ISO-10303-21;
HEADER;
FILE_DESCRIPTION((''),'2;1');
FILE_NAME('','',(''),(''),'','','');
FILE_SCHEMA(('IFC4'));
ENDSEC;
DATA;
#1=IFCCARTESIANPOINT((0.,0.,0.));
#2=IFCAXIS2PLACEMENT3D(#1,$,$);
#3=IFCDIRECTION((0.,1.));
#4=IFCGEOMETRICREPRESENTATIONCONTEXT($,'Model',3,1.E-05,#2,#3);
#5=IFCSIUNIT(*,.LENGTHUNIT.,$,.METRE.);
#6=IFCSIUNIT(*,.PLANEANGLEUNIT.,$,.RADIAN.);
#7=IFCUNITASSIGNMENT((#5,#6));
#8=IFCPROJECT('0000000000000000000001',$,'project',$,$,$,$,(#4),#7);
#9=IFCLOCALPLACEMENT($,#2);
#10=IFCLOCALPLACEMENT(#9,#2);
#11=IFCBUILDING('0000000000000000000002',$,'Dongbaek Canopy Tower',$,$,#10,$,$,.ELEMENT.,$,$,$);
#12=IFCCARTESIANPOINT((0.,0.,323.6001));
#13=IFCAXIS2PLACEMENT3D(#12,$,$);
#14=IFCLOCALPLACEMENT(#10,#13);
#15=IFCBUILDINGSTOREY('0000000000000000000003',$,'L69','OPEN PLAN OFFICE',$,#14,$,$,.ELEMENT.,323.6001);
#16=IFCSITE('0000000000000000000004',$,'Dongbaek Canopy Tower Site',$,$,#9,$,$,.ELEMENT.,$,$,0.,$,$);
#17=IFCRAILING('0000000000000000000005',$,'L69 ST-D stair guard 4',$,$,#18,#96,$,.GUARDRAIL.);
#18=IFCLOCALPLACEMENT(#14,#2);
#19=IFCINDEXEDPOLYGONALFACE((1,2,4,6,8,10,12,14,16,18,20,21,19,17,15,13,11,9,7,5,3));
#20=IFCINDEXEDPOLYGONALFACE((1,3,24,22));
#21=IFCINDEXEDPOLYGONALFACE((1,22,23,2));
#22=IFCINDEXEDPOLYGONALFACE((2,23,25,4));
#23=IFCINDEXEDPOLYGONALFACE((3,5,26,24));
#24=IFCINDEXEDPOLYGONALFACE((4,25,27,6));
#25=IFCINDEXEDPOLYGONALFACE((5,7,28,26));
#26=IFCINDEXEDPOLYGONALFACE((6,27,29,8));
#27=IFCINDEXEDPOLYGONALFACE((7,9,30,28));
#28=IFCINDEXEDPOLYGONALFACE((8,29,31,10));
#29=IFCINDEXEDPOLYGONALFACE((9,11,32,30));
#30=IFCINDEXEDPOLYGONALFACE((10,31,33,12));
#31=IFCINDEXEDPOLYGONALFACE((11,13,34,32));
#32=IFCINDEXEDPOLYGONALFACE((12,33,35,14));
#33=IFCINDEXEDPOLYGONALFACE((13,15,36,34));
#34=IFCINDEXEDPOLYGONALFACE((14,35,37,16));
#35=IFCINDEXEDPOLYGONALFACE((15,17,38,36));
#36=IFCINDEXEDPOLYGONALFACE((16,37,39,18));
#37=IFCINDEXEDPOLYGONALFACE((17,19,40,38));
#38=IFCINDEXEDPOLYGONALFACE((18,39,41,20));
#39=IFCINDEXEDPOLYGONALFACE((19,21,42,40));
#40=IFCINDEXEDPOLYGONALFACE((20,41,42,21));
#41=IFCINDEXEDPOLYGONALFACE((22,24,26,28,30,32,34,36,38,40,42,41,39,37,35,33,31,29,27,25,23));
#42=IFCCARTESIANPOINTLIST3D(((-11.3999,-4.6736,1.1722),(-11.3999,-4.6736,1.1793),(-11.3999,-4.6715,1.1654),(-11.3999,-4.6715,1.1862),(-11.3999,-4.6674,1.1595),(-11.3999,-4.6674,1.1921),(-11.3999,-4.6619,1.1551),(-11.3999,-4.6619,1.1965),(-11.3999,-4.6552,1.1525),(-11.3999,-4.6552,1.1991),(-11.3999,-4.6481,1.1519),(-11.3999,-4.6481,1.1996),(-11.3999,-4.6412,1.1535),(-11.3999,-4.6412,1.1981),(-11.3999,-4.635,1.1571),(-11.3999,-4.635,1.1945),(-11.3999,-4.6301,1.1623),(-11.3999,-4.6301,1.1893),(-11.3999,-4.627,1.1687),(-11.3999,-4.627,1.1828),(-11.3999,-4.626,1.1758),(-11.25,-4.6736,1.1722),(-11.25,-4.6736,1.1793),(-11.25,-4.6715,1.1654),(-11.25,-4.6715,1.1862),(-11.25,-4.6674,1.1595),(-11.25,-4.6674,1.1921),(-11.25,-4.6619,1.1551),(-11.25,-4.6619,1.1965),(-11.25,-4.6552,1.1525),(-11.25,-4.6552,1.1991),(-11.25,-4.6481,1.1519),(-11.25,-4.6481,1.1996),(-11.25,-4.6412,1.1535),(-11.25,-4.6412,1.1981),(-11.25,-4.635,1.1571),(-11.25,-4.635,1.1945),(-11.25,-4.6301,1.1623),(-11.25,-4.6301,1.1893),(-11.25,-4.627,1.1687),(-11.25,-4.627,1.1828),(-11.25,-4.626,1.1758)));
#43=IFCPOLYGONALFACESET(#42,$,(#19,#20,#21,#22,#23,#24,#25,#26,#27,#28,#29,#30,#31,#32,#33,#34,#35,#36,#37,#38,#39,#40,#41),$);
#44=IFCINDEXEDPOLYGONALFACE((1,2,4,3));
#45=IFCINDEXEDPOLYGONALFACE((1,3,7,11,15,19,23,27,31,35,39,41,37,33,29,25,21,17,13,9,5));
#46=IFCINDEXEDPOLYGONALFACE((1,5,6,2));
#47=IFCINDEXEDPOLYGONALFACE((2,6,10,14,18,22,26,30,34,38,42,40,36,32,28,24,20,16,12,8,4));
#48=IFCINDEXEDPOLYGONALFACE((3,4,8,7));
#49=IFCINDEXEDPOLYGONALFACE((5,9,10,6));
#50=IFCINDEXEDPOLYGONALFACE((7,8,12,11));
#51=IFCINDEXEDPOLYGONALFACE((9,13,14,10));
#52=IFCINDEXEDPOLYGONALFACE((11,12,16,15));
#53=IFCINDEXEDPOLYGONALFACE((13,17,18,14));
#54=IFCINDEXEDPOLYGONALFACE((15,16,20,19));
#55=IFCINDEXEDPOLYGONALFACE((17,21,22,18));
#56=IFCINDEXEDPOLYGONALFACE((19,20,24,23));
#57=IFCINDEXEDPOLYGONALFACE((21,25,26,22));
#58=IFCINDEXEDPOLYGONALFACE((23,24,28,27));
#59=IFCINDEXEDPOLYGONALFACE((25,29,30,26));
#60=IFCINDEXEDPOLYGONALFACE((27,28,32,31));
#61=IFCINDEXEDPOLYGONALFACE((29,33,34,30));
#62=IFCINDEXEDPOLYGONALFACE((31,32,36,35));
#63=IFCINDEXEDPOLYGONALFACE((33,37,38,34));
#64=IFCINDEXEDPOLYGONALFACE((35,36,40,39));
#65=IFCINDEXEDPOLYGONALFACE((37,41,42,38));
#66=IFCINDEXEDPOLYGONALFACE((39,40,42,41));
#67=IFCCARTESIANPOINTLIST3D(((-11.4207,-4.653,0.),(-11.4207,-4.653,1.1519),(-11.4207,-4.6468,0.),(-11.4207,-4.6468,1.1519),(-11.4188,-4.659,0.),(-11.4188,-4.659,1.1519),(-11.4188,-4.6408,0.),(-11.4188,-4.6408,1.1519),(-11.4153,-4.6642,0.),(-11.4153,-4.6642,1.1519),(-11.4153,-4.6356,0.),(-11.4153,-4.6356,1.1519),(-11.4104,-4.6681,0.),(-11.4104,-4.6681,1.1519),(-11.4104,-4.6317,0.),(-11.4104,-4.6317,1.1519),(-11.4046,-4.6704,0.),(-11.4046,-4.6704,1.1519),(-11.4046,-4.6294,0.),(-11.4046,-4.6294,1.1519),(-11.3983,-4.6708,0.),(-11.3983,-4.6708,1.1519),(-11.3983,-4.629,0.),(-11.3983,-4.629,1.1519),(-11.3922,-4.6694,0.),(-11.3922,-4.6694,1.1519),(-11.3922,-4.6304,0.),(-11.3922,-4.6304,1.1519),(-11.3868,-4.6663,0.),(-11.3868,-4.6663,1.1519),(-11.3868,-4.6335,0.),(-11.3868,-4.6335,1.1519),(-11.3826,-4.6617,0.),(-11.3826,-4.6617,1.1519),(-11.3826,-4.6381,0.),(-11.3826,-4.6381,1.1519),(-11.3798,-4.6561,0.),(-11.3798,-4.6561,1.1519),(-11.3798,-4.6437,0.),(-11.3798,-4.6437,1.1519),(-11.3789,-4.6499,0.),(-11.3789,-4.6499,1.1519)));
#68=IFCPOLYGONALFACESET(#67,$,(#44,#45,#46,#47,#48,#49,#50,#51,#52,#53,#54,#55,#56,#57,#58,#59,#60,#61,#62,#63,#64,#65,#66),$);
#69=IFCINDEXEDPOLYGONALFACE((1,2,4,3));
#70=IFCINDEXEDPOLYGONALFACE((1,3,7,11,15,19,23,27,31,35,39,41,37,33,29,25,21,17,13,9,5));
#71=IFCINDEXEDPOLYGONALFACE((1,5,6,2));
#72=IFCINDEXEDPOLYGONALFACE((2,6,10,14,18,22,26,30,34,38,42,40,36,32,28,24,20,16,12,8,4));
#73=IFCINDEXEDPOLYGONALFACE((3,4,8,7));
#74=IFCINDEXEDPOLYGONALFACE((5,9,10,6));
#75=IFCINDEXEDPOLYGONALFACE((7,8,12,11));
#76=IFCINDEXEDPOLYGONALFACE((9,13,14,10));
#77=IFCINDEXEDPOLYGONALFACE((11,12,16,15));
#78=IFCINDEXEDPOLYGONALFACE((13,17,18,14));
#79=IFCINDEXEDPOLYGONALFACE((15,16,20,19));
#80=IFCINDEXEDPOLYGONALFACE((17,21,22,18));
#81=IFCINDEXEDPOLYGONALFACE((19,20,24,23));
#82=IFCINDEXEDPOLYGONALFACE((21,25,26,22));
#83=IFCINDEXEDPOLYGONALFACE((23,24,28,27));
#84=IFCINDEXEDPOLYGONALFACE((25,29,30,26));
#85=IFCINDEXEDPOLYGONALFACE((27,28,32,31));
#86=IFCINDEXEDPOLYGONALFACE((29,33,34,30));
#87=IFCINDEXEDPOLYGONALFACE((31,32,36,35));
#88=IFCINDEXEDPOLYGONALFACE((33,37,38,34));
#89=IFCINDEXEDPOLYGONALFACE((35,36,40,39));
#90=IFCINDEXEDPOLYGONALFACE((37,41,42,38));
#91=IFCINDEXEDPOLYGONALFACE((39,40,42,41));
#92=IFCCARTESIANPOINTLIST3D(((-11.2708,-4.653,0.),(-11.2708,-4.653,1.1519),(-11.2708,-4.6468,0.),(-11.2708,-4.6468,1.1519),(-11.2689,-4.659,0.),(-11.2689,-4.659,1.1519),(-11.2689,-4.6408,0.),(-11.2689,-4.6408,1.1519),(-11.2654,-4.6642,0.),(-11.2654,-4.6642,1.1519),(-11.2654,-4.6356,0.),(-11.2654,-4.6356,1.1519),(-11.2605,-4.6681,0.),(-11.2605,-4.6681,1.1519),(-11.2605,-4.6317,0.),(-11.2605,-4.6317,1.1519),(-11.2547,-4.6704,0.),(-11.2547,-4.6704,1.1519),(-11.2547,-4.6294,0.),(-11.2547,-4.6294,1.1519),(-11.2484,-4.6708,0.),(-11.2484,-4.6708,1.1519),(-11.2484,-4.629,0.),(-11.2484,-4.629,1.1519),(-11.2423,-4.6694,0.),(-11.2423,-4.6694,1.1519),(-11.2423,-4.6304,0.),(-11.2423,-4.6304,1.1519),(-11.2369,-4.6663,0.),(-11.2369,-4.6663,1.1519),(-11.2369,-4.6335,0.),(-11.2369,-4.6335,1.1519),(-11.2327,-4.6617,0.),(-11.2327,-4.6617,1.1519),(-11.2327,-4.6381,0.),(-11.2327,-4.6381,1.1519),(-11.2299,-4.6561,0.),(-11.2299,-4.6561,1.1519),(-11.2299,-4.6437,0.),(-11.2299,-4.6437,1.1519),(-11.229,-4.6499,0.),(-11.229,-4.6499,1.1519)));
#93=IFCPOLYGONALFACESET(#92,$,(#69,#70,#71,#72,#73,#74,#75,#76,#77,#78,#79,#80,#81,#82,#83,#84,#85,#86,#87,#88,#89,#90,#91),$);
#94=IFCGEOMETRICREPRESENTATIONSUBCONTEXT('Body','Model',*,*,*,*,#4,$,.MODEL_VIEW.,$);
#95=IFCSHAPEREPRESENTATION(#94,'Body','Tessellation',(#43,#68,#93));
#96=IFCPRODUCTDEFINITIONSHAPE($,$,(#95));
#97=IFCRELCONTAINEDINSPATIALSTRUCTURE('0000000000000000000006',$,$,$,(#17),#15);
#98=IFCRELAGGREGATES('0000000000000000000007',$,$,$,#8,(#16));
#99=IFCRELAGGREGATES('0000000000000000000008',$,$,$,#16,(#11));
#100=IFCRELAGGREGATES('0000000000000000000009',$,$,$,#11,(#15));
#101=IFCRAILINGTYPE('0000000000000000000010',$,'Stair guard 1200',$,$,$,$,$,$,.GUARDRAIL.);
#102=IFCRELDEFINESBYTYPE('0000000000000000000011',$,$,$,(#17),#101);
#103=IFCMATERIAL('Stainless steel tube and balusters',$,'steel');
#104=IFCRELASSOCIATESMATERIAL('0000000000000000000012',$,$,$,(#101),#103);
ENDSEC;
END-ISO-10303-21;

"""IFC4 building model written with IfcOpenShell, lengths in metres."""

from ifc_helpers import new_model, si_unit, direction, frame, origin, origin_2d, place, context, subcontext, project, spatial, circle, extrude, material, type_object, element, save


model = new_model("IFC4")

# Units and contexts
model_context = context("Model", 3, precision=1e-05, world=origin(), true_north=direction((0.0, 1.0)))
body_context = subcontext(model_context, "Body", "Model", "MODEL_VIEW")
ifc_project = project(units=[si_unit("LENGTHUNIT", "METRE"), si_unit("PLANEANGLEUNIT", "RADIAN")], contexts=[model_context])

# Site, building, storey
site_placement = place(None, origin())
site = spatial("IfcSite", under=ifc_project, at=site_placement, Name="Dongbaek Canopy Tower Site", CompositionType="ELEMENT", RefElevation=0.0)
building_placement = place(site_placement, origin())
building = spatial("IfcBuilding", under=site, at=building_placement, Name="Dongbaek Canopy Tower", CompositionType="ELEMENT")
storey_placement = place(building_placement, frame((0.0, 0.0, 323.6001)))
storey = spatial("IfcBuildingStorey", under=building, at=storey_placement, Name="L69", Description="OPEN PLAN OFFICE", CompositionType="ELEMENT", Elevation=323.6001)

# Railing
ifc_material_1 = material(Name="Stainless steel tube and balusters", Category="steel")
railing_type_1 = type_object("IfcRailingType", Name="Stair guard 1200", PredefinedType="GUARDRAIL", material=ifc_material_1)
railing_1_placement = place(storey_placement, frame((-11.3999, -4.6499, 0.0)))
element("IfcRailing", 1, at=railing_1_placement, inside=storey, type_object=railing_type_1, Name="L69 ST-D stair guard 4", PredefinedType="GUARDRAIL", context=body_context, shape_type="SweptSolid", body=[
    extrude(circle(Radius=0.0239, at=origin_2d()), frame((0.0, 0.0, 1.1758), z_axis=(1.0, 0.0, 0.0), x_axis=(0.0, 1.0, 0.0)), (0.0, 0.0, 1.0), 0.1499),
    extrude(circle(Radius=0.021, at=origin_2d()), origin(), (0.0, 0.0, 1.0), 1.1519),
    extrude(circle(Radius=0.021, at=origin_2d()), frame((0.1499, 0.0, 0.0)), (0.0, 0.0, 1.0), 1.1519),
])

save(model, "model.ifc")
